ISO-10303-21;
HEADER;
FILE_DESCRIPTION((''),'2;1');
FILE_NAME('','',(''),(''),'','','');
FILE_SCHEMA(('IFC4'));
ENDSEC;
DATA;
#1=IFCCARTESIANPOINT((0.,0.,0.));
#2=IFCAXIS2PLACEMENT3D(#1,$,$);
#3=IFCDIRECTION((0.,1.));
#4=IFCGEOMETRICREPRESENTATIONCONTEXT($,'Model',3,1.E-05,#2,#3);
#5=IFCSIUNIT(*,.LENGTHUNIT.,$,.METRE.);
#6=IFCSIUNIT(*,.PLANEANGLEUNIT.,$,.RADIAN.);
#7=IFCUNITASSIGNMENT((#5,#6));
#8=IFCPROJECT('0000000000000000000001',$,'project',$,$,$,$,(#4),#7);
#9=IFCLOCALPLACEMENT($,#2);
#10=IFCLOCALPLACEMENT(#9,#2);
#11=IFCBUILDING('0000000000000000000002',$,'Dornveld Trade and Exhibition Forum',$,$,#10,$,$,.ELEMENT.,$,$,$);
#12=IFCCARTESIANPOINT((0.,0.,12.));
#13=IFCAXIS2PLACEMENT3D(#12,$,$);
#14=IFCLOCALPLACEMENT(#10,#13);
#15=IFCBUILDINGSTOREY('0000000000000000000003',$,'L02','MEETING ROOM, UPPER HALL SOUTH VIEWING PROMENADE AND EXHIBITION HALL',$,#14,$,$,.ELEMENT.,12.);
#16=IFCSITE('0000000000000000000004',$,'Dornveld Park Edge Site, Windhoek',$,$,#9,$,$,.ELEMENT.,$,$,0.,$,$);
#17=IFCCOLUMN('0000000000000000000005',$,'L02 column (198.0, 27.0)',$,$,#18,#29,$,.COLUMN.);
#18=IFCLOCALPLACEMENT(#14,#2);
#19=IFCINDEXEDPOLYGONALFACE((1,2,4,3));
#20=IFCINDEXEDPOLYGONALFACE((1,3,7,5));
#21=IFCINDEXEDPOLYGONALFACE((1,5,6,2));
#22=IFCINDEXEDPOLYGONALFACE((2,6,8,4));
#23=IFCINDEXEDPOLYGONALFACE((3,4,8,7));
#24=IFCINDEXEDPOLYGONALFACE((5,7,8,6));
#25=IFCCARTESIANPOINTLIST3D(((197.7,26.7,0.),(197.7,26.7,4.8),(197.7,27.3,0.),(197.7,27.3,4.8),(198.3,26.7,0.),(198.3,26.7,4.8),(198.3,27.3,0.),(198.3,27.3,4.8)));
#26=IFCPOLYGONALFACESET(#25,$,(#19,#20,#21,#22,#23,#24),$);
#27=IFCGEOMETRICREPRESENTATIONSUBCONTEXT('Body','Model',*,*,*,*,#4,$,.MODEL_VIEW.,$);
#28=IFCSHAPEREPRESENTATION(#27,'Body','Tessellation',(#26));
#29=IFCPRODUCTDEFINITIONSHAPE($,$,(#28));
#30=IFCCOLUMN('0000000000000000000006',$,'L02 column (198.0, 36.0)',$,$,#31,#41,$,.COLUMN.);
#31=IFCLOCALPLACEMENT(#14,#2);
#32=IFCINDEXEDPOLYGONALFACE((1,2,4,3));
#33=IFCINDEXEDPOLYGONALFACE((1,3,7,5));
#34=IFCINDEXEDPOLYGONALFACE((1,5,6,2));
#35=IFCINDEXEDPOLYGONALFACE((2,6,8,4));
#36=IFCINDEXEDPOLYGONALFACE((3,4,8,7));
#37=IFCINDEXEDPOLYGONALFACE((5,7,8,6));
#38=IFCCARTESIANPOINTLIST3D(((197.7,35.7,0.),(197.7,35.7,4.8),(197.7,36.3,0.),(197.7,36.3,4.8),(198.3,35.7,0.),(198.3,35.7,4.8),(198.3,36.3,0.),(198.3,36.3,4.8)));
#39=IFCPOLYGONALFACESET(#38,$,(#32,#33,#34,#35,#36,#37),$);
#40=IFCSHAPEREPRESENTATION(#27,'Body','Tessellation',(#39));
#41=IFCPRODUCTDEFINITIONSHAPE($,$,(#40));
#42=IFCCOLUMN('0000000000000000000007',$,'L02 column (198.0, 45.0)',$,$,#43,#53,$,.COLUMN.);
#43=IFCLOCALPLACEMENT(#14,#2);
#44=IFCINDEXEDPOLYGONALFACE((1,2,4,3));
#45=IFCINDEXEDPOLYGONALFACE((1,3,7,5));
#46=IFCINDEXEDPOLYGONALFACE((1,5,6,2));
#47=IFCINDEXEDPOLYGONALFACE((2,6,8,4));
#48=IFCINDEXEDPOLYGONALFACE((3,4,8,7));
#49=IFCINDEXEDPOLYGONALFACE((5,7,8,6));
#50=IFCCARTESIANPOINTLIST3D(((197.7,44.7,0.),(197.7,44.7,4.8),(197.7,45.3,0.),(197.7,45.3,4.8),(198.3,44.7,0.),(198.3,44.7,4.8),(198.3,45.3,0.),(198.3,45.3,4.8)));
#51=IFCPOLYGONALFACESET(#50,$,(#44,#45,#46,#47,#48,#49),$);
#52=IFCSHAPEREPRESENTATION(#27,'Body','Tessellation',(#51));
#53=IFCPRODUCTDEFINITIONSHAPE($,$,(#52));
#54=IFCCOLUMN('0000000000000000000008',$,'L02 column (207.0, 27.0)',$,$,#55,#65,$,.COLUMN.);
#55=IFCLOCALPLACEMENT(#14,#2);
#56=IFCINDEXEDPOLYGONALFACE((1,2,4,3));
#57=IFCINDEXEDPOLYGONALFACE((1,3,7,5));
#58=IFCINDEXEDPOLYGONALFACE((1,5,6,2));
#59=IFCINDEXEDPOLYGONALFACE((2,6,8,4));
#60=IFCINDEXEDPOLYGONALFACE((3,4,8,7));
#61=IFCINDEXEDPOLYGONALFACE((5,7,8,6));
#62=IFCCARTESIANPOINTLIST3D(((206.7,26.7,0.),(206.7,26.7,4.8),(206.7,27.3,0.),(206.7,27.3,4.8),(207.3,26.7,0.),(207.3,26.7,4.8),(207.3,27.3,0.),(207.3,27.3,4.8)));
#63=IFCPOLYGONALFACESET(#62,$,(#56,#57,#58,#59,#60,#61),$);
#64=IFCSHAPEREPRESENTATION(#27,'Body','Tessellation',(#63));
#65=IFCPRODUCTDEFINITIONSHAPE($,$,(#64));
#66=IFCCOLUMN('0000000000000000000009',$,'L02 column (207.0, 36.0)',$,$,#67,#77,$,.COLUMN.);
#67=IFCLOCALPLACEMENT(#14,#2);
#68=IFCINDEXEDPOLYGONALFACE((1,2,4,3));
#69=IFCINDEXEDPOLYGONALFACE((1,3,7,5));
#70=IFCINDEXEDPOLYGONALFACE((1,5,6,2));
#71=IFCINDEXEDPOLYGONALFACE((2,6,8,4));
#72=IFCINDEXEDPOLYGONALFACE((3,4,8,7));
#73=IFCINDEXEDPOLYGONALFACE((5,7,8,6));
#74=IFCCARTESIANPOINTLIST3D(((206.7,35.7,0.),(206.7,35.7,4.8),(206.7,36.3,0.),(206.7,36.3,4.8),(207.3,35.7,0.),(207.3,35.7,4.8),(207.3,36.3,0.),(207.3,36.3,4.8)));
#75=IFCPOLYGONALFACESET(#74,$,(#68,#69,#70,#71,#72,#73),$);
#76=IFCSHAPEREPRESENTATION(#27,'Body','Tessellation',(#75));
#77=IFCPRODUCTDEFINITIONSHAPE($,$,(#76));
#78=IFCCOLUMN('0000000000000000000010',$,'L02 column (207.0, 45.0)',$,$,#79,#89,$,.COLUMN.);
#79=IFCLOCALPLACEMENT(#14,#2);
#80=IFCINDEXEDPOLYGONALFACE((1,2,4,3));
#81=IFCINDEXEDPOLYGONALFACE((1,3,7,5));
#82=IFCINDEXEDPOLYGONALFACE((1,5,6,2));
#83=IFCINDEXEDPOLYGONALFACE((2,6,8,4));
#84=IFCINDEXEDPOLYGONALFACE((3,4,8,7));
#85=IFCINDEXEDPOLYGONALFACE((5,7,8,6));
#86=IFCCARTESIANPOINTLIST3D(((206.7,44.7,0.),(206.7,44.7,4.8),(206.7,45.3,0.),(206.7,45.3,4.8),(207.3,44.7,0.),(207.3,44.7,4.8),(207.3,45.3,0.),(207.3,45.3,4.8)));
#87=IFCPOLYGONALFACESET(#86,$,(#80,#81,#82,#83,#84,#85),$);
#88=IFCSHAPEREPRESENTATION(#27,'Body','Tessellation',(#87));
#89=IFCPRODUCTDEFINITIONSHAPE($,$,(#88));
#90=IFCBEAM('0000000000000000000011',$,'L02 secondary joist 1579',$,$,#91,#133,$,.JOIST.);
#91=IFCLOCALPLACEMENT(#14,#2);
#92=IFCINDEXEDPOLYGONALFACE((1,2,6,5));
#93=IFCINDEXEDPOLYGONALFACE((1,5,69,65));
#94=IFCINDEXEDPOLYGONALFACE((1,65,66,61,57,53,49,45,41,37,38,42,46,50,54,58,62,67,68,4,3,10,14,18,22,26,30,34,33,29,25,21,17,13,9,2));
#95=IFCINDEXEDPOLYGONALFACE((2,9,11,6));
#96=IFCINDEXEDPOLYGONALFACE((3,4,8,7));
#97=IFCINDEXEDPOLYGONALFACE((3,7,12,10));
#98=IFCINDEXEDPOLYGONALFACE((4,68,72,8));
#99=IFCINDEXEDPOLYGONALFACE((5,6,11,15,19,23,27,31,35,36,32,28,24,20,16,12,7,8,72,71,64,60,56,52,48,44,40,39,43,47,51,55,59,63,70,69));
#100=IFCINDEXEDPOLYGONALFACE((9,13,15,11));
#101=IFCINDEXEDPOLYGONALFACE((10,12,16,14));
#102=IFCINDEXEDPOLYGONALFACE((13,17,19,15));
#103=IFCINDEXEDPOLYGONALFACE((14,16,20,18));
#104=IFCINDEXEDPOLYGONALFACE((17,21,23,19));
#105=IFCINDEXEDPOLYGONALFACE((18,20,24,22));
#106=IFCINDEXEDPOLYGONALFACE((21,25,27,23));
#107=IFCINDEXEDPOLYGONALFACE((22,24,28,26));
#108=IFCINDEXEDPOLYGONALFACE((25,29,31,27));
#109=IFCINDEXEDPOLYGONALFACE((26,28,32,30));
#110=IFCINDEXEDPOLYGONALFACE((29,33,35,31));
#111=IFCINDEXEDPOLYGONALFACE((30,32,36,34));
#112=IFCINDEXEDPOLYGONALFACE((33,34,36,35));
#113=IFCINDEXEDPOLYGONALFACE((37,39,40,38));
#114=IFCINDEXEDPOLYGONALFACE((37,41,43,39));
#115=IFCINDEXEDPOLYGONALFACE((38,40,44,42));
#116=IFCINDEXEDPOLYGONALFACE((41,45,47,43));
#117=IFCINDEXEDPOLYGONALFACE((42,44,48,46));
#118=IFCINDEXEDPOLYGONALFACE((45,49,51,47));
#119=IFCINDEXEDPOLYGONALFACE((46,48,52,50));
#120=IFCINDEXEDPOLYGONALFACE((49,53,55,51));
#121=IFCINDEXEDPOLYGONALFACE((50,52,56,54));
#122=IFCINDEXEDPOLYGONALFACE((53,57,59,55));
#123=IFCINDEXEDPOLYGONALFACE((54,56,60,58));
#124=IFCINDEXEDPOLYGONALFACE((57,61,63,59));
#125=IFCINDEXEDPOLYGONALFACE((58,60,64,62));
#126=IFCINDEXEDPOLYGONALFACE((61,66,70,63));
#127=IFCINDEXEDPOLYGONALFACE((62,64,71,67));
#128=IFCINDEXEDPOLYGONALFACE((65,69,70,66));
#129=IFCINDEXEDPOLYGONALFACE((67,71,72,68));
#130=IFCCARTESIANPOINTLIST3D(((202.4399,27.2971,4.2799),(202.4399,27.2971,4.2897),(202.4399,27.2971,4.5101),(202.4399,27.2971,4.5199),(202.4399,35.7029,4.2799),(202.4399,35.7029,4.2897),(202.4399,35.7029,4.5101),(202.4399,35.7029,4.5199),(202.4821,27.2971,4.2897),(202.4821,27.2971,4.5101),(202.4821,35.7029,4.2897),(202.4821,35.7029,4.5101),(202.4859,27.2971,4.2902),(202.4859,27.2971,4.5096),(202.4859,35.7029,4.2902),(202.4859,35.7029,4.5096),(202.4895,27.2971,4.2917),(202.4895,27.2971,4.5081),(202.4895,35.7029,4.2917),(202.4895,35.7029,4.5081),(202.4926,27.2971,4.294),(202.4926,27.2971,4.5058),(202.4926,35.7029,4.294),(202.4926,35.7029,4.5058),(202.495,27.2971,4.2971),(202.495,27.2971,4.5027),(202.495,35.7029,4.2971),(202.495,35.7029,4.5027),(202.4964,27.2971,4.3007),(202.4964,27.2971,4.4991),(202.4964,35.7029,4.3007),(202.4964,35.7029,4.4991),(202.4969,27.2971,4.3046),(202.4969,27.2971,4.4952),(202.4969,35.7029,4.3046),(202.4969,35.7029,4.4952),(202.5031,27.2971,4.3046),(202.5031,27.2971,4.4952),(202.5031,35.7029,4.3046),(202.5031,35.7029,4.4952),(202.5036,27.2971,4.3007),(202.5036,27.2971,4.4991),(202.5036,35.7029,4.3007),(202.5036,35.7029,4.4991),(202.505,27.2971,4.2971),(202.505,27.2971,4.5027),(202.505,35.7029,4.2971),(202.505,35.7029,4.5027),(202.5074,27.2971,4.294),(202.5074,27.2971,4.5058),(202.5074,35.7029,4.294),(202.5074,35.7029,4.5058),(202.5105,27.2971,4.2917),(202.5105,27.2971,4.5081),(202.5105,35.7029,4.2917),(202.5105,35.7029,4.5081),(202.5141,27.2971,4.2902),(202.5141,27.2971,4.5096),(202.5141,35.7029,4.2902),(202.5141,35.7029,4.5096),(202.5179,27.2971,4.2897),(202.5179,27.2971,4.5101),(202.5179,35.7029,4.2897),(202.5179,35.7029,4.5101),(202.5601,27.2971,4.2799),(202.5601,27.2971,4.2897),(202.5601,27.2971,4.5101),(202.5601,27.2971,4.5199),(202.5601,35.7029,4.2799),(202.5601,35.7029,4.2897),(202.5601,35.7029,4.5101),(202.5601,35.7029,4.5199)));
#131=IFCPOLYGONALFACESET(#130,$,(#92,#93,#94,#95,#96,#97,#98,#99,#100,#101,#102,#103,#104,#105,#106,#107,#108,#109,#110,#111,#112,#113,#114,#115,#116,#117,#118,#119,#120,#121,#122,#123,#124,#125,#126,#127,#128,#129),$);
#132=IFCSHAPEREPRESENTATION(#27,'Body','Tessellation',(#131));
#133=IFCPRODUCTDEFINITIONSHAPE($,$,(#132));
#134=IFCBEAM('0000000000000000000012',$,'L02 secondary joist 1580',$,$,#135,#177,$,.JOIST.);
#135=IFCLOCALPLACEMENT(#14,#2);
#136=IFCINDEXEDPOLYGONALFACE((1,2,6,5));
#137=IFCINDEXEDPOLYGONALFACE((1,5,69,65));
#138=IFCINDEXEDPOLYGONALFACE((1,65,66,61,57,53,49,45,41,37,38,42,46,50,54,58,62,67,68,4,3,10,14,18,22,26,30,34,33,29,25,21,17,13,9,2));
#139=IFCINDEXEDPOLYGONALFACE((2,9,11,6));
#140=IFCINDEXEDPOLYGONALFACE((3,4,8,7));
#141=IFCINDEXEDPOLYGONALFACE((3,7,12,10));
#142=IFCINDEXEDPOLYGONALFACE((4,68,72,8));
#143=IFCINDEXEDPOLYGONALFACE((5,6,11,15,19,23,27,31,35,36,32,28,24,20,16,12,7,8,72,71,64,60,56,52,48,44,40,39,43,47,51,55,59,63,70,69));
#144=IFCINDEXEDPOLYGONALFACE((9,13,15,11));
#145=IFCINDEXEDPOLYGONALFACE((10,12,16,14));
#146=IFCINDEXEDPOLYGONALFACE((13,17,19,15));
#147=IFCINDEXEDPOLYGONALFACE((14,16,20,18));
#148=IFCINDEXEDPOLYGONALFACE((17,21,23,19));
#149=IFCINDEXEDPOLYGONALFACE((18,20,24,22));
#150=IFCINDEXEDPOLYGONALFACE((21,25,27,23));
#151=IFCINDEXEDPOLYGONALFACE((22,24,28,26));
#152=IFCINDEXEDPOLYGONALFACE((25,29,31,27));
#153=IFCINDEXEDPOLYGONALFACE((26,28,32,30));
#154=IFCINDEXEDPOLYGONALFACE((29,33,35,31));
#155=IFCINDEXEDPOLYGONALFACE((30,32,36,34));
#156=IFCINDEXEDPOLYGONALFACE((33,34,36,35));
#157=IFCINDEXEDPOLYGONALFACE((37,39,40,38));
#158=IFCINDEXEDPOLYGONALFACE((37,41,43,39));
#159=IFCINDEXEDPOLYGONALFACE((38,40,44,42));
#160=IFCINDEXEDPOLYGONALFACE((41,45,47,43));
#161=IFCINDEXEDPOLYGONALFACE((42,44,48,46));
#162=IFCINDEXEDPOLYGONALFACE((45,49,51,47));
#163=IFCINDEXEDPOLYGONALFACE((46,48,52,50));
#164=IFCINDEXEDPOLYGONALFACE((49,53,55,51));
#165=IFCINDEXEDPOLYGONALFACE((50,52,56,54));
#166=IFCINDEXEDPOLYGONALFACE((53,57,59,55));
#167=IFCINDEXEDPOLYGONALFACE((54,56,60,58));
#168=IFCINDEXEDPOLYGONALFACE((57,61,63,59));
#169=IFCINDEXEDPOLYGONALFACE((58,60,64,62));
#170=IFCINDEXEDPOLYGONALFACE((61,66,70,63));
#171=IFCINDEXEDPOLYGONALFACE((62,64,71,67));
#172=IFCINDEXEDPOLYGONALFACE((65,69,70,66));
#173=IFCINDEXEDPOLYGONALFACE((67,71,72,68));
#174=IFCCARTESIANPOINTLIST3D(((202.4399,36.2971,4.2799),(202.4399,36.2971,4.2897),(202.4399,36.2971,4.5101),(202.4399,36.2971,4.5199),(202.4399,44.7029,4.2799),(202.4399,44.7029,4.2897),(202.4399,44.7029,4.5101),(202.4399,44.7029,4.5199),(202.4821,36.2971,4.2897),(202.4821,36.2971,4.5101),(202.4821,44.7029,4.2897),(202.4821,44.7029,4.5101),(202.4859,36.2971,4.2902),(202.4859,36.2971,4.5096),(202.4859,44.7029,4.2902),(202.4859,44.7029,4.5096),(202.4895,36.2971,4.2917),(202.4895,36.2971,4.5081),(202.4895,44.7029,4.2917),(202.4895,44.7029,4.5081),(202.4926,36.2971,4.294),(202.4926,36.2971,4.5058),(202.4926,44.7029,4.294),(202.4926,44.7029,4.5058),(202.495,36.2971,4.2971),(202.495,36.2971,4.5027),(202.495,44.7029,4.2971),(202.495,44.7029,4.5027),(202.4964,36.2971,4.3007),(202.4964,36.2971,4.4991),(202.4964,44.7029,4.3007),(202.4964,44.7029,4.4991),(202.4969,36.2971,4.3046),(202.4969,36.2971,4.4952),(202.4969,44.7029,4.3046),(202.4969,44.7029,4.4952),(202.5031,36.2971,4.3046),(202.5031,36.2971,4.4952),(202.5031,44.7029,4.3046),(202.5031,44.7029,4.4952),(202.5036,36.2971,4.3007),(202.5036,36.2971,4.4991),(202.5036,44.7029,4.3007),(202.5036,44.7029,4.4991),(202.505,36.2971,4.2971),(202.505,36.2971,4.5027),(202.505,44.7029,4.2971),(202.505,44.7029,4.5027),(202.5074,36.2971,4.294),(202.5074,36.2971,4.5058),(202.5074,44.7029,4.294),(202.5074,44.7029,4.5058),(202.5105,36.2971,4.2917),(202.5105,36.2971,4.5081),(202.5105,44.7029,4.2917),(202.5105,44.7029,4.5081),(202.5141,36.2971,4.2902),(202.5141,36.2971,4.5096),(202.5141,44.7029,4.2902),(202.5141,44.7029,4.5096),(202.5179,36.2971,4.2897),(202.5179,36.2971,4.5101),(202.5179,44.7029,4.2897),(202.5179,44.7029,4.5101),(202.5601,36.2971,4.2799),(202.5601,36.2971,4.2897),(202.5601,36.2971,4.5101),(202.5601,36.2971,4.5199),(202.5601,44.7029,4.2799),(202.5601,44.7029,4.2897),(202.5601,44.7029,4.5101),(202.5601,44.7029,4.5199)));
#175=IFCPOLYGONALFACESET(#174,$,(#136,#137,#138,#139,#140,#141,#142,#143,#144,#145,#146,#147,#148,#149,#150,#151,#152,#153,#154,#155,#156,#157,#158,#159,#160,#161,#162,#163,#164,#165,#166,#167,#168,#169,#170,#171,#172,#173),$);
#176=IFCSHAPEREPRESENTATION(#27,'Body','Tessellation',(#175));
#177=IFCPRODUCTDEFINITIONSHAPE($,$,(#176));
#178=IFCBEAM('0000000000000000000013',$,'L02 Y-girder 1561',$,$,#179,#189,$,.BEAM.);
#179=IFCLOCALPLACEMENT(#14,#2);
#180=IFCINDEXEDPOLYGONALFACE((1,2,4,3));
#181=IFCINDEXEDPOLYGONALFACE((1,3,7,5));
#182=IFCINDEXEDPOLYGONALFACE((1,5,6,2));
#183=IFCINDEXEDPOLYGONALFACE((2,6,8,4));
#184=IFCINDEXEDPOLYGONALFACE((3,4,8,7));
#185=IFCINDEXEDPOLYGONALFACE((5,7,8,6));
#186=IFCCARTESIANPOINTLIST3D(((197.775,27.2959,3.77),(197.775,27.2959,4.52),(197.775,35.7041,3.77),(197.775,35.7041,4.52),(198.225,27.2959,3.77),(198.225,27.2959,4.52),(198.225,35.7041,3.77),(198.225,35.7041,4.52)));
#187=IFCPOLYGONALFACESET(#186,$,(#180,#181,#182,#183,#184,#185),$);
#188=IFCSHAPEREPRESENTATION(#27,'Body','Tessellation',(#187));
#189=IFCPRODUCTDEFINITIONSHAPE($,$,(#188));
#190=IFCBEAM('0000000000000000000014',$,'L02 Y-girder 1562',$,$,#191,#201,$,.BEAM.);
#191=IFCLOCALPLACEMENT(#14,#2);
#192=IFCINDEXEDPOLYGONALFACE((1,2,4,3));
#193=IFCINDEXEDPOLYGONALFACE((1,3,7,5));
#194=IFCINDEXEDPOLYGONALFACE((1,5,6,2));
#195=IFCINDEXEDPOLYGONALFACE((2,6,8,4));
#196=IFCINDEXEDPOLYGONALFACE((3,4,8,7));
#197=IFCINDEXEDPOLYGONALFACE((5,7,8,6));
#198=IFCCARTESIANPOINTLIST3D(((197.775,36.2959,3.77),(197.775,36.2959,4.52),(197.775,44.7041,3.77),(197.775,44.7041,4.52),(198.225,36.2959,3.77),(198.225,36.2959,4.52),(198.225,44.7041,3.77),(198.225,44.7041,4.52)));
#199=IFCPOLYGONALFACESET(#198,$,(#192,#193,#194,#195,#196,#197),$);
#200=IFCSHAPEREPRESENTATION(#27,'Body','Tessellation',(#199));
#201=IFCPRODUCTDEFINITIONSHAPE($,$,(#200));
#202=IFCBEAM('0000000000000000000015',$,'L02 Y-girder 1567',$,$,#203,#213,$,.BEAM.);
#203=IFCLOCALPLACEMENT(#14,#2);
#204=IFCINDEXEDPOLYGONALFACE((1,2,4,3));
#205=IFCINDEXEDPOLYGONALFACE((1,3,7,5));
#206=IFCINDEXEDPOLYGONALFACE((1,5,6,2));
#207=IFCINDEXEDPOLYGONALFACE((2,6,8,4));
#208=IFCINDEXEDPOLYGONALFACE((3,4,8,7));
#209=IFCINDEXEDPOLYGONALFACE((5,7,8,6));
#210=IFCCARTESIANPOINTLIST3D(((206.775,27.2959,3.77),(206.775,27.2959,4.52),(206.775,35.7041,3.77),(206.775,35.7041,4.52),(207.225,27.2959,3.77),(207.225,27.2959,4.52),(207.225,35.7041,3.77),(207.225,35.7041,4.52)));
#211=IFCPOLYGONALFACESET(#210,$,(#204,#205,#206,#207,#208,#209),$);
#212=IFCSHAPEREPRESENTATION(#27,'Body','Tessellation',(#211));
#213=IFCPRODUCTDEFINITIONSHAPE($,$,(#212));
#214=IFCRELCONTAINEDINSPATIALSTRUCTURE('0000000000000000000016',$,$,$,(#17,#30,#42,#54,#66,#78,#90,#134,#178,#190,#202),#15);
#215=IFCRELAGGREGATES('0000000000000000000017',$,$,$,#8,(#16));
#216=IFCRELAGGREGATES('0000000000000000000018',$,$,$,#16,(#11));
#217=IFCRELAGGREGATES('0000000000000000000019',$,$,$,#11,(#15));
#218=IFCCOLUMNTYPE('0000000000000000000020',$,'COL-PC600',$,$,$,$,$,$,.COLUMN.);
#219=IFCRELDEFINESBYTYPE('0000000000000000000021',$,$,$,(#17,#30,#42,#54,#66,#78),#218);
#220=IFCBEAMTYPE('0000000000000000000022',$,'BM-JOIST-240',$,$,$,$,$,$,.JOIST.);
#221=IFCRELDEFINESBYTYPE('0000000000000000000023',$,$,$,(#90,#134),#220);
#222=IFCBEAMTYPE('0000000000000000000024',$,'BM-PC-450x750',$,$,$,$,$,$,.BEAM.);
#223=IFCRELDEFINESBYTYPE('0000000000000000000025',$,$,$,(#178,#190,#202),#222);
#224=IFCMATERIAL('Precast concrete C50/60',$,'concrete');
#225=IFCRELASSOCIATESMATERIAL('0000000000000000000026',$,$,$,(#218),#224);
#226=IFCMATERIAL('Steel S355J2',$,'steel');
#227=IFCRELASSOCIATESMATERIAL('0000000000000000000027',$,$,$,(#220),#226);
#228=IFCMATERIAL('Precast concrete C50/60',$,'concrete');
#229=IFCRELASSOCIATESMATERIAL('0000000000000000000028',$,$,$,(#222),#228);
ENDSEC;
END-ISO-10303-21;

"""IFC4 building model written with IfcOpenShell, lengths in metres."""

from ifc_helpers import new_model, si_unit, direction, frame, origin, origin_2d, place, context, subcontext, project, spatial, rectangle, i_section, extrude, material, material_profile, profile_set, type_object, element, save


model = new_model("IFC4")

# Units and contexts
model_context = context("Model", 3, precision=1e-05, world=origin(), true_north=direction((0.0, 1.0)))
body_context = subcontext(model_context, "Body", "Model", "MODEL_VIEW")
ifc_project = project(units=[si_unit("LENGTHUNIT", "METRE"), si_unit("PLANEANGLEUNIT", "RADIAN")], contexts=[model_context])

# Site, building, storey
site_placement = place(None, origin())
site = spatial("IfcSite", under=ifc_project, at=site_placement, Name="Dornveld Park Edge Site, Windhoek", CompositionType="ELEMENT", RefElevation=0.0)
building_placement = place(site_placement, origin())
building = spatial("IfcBuilding", under=site, at=building_placement, Name="Dornveld Trade and Exhibition Forum", CompositionType="ELEMENT")
storey_placement = place(building_placement, frame((0.0, 0.0, 12.0)))
storey = spatial("IfcBuildingStorey", under=building, at=storey_placement, Name="L02", Description="MEETING ROOM, UPPER HALL SOUTH VIEWING PROMENADE AND EXHIBITION HALL", CompositionType="ELEMENT", Elevation=12.0)

# Columns
ifc_material_1 = material(Name="Precast concrete C50/60", Category="concrete")
ifc_material_profile_1 = material_profile(ifc_material_1, rectangle(XDim=0.6001, YDim=0.6001, at=origin_2d()), Name="PC-COL 600x600")
ifc_profile_set_1 = profile_set([ifc_material_profile_1], Name="Precast concrete C50/60")
column_type = type_object("IfcColumnType", Name="COL-PC600", PredefinedType="COLUMN", material=ifc_profile_set_1)
for number, where, z_axis, x_axis, name in (
    (1, (198.0, 27.0, 0.0), (0.0, 0.0, 1.0), (1.0, 0.0, 0.0), "L02 column (198.0, 27.0)"),
    (2, (198.0, 36.0, 0.0), (0.0, 0.0, 1.0), (1.0, 0.0, 0.0), "L02 column (198.0, 36.0)"),
    (3, (198.0, 45.0, 0.0), (0.0, 0.0, 1.0), (1.0, 0.0, 0.0), "L02 column (198.0, 45.0)"),
    (4, (207.0, 27.0, 0.0), (0.0, 0.0, 1.0), (1.0, 0.0, 0.0), "L02 column (207.0, 27.0)"),
    (5, (207.0, 36.0, 0.0), (0.0, 0.0, 1.0), (1.0, 0.0, 0.0), "L02 column (207.0, 36.0)"),
    (6, (207.0, 45.0, 0.0), (0.0, 0.0, 1.0), (1.0, 0.0, 0.0), "L02 column (207.0, 45.0)"),
):
    element("IfcColumn", number, at=place(storey_placement, frame(where, z_axis=z_axis, x_axis=x_axis)), inside=storey, type_object=column_type, Name=name, PredefinedType="COLUMN", context=body_context, shape_type="SweptSolid", body=[
        extrude(rectangle(XDim=0.6001, YDim=0.6001, at=origin_2d()), origin(), (0.0, 0.0, 1.0), 4.8),
    ])

# Beams
ifc_material_2 = material(Name="Steel S355J2", Category="steel")
ifc_material_profile_2 = material_profile(ifc_material_2, i_section(OverallWidth=0.1201, OverallDepth=0.24, WebThickness=0.0061, FlangeThickness=0.0098, FilletRadius=0.0149, at=origin_2d()), Name="IPE 240")
ifc_profile_set_2 = profile_set([ifc_material_profile_2], Name="Steel S355J2")
beam_type_1 = type_object("IfcBeamType", Name="BM-JOIST-240", PredefinedType="JOIST", material=ifc_profile_set_2)
for number, where, z_axis, x_axis, name in (
    (7, (202.5, 27.2971, 4.3999), (0.0, 1.0, 0.0), (-1.0, 0.0, 0.0), "L02 secondary joist 1579"),
    (8, (202.5, 36.2971, 4.3999), (0.0, 1.0, 0.0), (-1.0, 0.0, 0.0), "L02 secondary joist 1580"),
):
    element("IfcBeam", number, at=place(storey_placement, frame(where, z_axis=z_axis, x_axis=x_axis)), inside=storey, type_object=beam_type_1, Name=name, PredefinedType="JOIST", context=body_context, shape_type="SweptSolid", body=[
        extrude(i_section(OverallWidth=0.1201, OverallDepth=0.24, WebThickness=0.0061, FlangeThickness=0.0098, FilletRadius=0.0149, at=origin_2d()), origin(), (0.0, 0.0, 1.0), 8.4058),
    ])
ifc_material_3 = material(Name="Precast concrete C50/60", Category="concrete")
ifc_material_profile_3 = material_profile(ifc_material_3, rectangle(XDim=0.45, YDim=0.75, at=origin_2d()), Name="PC-BM 450x750")
ifc_profile_set_3 = profile_set([ifc_material_profile_3], Name="Precast concrete C50/60")
beam_type_2 = type_object("IfcBeamType", Name="BM-PC-450x750", PredefinedType="BEAM", material=ifc_profile_set_3)
for number, where, z_axis, x_axis, name in (
    (9, (198.0, 27.2959, 4.145), (0.0, 1.0, 0.0), (-1.0, 0.0, 0.0), "L02 Y-girder 1561"),
    (10, (198.0, 36.2959, 4.145), (0.0, 1.0, 0.0), (-1.0, 0.0, 0.0), "L02 Y-girder 1562"),
    (11, (207.0, 27.2959, 4.145), (0.0, 1.0, 0.0), (-1.0, 0.0, 0.0), "L02 Y-girder 1567"),
):
    element("IfcBeam", number, at=place(storey_placement, frame(where, z_axis=z_axis, x_axis=x_axis)), inside=storey, type_object=beam_type_2, Name=name, PredefinedType="BEAM", context=body_context, shape_type="SweptSolid", body=[
        extrude(rectangle(XDim=0.45, YDim=0.75, at=origin_2d()), origin(), (0.0, 0.0, 1.0), 8.4082),
    ])

save(model, "model.ifc")
